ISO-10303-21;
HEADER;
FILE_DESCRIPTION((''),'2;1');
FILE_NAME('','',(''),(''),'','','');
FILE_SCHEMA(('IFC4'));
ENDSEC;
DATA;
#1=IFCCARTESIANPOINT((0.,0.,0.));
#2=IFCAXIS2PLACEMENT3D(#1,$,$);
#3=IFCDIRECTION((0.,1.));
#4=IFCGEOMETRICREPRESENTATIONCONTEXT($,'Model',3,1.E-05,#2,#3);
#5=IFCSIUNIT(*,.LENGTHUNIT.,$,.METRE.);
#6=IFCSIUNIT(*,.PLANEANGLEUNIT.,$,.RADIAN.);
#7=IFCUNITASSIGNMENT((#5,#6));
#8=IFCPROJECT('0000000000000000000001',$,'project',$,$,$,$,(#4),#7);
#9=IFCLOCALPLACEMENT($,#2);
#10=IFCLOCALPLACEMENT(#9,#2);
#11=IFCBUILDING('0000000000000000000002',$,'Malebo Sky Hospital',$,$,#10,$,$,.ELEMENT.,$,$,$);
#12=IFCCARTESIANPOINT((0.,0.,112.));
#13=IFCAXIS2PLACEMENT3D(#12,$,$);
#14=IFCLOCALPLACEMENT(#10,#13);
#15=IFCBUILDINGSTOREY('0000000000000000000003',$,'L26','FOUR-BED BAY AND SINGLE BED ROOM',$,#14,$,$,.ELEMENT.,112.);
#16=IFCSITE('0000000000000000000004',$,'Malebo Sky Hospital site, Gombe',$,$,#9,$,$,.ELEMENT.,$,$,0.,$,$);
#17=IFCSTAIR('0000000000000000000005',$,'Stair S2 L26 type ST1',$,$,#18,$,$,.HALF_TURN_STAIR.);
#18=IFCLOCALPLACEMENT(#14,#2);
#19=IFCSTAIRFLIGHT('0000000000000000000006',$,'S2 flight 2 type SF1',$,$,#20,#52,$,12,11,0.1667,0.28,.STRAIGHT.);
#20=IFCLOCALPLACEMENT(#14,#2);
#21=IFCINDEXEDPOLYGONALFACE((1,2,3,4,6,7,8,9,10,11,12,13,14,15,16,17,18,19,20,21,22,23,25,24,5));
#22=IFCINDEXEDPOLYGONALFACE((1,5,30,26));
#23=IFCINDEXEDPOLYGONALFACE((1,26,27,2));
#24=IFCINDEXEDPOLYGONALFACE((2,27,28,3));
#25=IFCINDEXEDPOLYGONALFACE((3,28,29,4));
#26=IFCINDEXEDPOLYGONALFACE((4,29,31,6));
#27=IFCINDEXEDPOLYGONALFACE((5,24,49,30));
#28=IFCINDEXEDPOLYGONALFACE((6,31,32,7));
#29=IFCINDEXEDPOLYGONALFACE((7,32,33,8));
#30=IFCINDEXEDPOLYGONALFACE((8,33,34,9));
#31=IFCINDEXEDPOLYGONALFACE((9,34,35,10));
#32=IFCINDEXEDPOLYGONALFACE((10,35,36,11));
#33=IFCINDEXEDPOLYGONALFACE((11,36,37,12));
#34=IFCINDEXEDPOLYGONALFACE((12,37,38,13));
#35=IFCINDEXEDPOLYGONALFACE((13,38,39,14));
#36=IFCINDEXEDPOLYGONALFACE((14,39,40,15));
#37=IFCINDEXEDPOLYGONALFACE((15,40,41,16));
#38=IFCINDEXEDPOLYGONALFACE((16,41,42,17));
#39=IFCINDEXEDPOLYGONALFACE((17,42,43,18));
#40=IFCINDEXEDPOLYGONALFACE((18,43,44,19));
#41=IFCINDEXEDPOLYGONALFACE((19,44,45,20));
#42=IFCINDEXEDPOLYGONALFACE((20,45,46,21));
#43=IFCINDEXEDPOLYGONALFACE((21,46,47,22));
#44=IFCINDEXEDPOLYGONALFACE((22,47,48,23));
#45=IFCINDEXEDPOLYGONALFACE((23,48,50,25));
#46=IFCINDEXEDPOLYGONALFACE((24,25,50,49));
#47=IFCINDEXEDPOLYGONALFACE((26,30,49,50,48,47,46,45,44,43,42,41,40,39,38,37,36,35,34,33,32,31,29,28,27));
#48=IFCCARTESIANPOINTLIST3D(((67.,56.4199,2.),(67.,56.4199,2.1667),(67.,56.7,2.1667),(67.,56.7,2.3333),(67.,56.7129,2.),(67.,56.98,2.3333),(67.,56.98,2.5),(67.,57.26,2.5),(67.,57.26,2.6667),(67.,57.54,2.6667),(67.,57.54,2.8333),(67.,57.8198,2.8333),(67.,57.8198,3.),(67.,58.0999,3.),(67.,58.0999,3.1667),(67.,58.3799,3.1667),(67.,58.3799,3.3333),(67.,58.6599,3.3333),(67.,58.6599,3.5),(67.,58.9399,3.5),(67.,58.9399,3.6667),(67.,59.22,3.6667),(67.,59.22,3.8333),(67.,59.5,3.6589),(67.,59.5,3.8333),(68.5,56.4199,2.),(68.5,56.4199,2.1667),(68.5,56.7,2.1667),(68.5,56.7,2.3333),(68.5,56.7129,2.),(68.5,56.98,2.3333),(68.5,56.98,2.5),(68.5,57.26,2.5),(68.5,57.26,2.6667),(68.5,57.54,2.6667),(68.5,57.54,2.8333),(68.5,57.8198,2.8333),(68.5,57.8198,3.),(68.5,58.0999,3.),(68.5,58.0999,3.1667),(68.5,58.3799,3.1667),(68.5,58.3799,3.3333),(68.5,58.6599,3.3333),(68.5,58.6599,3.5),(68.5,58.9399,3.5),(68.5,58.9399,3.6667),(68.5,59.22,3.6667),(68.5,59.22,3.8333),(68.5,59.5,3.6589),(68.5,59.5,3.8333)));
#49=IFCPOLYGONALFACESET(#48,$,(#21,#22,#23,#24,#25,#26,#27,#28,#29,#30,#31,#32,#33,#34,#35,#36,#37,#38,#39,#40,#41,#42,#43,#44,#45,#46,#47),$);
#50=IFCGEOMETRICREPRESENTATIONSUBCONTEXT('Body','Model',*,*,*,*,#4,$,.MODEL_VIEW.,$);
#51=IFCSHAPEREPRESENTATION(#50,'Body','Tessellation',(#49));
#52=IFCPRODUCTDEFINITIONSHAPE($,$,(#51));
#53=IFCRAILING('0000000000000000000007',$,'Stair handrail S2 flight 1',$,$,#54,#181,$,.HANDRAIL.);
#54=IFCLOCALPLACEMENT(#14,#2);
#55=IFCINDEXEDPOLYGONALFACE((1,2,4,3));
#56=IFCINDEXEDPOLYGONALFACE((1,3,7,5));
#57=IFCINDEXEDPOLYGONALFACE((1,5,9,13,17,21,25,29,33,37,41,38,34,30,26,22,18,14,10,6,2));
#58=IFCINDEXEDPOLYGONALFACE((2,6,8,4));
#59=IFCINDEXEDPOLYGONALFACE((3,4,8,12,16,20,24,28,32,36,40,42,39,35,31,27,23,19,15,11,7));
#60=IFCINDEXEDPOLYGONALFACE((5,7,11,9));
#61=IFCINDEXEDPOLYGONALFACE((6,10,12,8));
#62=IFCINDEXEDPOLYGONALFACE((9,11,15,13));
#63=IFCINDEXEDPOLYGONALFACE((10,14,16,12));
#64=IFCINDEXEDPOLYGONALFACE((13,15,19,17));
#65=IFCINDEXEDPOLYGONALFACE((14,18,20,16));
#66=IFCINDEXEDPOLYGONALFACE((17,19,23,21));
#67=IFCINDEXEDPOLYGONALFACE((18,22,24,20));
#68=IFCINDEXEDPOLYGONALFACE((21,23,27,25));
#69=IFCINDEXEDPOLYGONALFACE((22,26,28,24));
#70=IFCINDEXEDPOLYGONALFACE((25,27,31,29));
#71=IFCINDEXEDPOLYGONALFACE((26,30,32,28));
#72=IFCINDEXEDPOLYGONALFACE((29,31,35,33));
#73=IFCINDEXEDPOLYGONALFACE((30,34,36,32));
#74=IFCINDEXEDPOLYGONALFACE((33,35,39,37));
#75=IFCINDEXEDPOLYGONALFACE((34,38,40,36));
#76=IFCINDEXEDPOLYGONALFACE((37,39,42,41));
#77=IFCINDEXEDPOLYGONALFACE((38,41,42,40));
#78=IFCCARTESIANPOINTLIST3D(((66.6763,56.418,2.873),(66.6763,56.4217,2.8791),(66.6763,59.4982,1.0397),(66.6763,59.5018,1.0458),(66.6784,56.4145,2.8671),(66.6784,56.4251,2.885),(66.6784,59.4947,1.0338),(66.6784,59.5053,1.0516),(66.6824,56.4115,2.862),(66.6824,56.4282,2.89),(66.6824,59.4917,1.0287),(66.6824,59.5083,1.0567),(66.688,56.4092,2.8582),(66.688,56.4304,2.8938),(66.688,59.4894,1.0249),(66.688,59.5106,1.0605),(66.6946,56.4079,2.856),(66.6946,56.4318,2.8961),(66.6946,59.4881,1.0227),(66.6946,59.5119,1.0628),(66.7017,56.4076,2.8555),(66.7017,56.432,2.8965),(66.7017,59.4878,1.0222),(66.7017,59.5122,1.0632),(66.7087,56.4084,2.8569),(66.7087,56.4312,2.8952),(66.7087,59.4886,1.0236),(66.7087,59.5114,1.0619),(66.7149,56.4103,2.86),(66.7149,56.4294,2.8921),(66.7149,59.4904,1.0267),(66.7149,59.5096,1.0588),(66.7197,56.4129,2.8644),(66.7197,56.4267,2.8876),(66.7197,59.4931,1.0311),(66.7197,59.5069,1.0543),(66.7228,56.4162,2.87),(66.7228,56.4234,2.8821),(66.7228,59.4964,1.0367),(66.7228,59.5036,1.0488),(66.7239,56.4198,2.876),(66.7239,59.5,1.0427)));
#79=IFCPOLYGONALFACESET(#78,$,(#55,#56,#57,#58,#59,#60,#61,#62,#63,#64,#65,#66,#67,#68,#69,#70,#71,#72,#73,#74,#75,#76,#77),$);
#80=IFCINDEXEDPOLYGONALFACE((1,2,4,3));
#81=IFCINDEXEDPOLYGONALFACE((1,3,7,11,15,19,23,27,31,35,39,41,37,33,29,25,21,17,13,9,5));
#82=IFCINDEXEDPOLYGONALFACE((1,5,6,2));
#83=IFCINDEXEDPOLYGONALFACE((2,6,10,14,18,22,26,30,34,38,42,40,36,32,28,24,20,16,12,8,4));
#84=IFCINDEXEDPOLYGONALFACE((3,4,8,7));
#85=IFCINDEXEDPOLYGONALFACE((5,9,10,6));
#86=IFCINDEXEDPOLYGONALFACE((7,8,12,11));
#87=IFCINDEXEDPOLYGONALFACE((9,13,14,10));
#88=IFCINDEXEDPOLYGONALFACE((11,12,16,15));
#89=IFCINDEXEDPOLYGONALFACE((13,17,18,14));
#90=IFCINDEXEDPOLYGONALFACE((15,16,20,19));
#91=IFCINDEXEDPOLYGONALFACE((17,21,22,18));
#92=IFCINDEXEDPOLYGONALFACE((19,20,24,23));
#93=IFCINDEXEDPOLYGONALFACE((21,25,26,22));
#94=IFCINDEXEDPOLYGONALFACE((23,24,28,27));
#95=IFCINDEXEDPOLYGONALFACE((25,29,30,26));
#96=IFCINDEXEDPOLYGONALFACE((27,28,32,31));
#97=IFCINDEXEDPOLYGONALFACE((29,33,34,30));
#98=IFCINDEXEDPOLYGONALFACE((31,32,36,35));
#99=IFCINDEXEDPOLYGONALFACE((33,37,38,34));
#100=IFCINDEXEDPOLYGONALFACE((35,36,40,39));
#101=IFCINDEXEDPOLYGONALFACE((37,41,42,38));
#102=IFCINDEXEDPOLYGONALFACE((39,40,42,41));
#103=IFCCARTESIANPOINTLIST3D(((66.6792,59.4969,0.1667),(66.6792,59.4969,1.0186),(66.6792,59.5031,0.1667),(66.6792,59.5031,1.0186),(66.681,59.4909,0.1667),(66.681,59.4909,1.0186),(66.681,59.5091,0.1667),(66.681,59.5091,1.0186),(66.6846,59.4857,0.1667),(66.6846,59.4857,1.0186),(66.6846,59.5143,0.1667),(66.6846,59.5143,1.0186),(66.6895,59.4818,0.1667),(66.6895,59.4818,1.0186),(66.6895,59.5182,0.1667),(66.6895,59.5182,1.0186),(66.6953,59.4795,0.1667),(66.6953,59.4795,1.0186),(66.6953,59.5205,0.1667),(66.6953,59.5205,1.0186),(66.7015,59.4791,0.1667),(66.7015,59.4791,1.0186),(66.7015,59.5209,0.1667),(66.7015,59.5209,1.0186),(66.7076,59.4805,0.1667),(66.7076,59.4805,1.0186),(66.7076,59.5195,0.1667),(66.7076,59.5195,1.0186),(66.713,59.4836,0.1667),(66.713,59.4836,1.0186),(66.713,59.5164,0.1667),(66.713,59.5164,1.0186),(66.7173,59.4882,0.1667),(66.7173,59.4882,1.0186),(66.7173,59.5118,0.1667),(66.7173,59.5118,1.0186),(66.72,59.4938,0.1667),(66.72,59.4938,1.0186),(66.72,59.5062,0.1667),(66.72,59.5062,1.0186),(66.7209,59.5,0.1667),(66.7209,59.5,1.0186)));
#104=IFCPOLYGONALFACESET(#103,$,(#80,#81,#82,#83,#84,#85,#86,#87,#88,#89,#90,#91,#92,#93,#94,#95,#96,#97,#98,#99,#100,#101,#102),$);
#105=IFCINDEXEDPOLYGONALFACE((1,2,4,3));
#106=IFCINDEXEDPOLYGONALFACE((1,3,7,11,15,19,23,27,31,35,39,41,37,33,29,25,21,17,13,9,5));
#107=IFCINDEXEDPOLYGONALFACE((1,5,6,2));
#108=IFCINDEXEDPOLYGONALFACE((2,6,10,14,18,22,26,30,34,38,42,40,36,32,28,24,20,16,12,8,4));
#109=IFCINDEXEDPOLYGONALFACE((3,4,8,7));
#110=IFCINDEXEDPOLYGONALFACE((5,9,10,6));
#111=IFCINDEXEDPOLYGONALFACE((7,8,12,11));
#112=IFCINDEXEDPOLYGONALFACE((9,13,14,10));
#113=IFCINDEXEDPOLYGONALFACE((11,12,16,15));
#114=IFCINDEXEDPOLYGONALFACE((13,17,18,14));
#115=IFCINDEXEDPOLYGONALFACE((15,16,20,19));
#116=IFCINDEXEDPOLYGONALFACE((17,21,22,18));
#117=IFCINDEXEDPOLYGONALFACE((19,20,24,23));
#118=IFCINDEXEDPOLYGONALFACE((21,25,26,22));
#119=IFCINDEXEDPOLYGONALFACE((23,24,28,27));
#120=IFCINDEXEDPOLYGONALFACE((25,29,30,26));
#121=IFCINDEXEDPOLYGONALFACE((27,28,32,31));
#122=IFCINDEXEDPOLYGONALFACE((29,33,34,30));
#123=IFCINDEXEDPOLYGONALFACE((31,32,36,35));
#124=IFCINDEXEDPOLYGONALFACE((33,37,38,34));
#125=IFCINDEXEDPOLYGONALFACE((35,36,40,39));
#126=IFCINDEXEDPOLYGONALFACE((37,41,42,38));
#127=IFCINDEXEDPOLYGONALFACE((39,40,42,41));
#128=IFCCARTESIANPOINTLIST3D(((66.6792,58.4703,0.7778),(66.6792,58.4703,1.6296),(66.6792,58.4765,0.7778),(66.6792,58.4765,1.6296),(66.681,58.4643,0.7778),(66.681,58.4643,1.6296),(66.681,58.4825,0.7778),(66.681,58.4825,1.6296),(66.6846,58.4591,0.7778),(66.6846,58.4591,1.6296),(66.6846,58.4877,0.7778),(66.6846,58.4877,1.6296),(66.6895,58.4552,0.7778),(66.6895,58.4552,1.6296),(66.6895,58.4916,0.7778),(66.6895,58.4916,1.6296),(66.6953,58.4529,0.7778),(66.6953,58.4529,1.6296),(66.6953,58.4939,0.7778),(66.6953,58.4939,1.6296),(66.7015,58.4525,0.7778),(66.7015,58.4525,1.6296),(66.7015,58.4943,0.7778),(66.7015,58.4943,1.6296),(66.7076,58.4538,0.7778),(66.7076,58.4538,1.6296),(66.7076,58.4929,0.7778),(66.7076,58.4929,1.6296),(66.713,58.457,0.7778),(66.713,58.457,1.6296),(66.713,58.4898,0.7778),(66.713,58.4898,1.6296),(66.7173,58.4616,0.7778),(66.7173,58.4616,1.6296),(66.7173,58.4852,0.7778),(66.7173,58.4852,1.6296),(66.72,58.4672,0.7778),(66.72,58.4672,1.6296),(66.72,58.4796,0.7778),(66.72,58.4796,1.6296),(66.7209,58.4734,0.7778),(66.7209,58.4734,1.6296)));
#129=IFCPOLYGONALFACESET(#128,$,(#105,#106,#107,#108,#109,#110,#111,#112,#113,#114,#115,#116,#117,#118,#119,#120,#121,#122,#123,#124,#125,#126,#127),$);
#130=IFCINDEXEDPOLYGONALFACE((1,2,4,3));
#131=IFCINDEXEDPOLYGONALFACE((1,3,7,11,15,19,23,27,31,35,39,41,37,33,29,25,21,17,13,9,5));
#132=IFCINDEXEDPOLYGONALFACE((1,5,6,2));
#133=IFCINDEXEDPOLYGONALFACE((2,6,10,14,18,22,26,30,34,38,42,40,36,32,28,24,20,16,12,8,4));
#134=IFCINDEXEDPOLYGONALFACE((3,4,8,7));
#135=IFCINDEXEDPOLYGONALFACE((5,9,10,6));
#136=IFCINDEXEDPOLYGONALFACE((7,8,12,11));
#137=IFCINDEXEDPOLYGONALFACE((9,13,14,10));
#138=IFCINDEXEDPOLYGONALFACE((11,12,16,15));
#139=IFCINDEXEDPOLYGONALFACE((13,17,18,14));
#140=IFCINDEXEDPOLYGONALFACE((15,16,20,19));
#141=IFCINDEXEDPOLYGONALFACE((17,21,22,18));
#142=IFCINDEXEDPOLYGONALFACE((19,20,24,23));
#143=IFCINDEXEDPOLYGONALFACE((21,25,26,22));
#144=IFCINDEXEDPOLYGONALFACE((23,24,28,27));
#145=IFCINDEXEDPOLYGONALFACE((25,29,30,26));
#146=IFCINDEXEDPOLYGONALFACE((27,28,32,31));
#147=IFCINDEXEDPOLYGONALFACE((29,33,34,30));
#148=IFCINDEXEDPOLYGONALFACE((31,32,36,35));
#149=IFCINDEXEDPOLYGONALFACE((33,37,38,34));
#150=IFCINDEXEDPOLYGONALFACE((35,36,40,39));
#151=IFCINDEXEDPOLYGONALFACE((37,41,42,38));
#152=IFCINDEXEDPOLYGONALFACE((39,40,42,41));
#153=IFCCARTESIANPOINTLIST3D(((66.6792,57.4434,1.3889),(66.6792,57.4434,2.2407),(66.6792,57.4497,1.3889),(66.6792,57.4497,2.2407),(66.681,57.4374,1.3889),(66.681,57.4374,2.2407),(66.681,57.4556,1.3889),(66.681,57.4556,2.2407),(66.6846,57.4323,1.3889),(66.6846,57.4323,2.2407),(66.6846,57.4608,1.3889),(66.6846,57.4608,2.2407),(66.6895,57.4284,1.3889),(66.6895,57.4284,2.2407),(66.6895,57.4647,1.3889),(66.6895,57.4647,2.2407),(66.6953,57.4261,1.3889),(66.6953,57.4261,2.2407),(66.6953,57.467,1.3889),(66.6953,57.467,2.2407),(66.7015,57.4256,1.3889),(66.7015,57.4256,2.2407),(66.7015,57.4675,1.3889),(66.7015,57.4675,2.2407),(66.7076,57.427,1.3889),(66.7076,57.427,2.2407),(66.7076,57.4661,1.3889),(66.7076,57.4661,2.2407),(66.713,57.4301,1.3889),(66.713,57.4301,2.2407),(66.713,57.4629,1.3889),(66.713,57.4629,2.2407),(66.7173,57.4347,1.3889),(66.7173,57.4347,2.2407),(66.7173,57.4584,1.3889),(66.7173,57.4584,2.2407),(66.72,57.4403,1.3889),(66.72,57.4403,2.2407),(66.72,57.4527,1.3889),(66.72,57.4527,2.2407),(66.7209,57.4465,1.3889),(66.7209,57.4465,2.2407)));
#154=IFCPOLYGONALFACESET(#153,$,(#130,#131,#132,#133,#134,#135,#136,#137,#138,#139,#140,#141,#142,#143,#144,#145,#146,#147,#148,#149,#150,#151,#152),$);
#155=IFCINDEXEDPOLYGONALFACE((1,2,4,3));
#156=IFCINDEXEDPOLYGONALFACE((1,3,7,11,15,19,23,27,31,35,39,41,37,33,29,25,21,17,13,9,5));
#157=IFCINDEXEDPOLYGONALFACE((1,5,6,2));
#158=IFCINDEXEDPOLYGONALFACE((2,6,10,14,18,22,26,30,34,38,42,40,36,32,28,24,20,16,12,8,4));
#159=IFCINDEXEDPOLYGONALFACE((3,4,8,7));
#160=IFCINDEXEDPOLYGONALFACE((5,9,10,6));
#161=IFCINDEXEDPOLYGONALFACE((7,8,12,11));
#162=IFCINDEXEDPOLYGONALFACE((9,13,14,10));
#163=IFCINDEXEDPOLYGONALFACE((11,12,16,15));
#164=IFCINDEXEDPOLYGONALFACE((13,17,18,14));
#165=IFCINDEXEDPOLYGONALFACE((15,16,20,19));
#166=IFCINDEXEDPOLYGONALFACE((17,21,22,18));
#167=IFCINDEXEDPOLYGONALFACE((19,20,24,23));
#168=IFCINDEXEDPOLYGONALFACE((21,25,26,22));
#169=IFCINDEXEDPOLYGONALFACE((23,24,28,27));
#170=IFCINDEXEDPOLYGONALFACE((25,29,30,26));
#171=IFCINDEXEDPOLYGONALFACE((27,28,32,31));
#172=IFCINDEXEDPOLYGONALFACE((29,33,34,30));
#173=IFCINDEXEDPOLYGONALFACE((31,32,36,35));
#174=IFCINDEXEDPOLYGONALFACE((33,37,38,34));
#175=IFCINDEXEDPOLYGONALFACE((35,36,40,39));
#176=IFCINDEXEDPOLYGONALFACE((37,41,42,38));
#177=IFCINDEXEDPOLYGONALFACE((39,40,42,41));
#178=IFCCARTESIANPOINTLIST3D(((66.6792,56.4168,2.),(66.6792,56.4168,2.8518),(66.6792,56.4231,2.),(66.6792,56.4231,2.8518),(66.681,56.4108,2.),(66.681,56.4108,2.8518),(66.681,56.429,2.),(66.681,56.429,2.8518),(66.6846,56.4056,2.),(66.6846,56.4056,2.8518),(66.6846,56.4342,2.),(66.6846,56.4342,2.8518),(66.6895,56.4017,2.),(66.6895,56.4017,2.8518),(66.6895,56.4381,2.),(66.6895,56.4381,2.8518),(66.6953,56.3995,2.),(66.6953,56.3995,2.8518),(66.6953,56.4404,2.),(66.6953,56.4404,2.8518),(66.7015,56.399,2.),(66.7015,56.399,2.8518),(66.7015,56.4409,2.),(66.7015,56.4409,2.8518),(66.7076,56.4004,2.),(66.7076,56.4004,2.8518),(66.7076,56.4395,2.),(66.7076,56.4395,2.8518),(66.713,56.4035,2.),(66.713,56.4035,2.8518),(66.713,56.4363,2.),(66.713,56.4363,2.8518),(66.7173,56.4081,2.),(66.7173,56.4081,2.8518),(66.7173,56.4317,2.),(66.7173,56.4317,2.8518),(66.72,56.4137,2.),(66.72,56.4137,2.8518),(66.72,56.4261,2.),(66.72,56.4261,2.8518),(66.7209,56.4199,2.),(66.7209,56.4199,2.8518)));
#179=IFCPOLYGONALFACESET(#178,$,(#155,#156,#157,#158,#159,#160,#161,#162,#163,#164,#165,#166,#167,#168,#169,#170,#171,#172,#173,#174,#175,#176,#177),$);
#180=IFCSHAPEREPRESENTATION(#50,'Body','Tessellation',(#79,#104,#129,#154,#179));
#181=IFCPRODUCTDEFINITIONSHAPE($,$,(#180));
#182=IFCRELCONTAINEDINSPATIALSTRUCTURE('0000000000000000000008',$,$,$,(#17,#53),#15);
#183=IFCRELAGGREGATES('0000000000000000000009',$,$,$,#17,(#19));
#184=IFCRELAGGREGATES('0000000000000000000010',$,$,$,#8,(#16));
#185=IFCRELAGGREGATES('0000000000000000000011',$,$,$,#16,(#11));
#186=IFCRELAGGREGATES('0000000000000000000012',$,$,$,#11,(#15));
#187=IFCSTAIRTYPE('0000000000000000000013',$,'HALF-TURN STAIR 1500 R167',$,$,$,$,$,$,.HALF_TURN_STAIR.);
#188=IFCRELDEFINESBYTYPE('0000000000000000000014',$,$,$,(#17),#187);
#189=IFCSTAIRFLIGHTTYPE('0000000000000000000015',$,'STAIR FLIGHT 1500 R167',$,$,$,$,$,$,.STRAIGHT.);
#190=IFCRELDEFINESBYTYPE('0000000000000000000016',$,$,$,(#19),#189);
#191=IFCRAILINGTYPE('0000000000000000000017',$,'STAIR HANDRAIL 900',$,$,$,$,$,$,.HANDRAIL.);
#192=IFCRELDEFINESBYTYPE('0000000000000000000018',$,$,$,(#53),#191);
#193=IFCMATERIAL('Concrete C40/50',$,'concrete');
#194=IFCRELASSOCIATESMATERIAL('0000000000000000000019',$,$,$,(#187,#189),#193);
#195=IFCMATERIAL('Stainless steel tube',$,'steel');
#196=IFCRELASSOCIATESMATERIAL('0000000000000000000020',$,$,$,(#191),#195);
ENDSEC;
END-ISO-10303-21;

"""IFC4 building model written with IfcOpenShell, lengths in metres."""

from ifc_helpers import new_model, si_unit, direction, frame, origin, origin_2d, place, context, subcontext, project, spatial, polyline, circle, outline, extrude, material, type_object, element, aggregate, save


model = new_model("IFC4")

# Units and contexts
model_context = context("Model", 3, precision=1e-05, world=origin(), true_north=direction((0.0, 1.0)))
body_context = subcontext(model_context, "Body", "Model", "MODEL_VIEW")
ifc_project = project(units=[si_unit("LENGTHUNIT", "METRE"), si_unit("PLANEANGLEUNIT", "RADIAN")], contexts=[model_context])

# Site, building, storey
site_placement = place(None, origin())
site = spatial("IfcSite", under=ifc_project, at=site_placement, Name="Malebo Sky Hospital site, Gombe", CompositionType="ELEMENT", RefElevation=0.0)
building_placement = place(site_placement, origin())
building = spatial("IfcBuilding", under=site, at=building_placement, Name="Malebo Sky Hospital", CompositionType="ELEMENT")
storey_placement = place(building_placement, frame((0.0, 0.0, 112.0)))
storey = spatial("IfcBuildingStorey", under=building, at=storey_placement, Name="L26", Description="FOUR-BED BAY AND SINGLE BED ROOM", CompositionType="ELEMENT", Elevation=112.0)

# Stair, stair flight
ifc_material_1 = material(Name="Concrete C40/50", Category="concrete")
stair_type = type_object("IfcStairType", Name="HALF-TURN STAIR 1500 R167", PredefinedType="HALF_TURN_STAIR", material=ifc_material_1)
stair_placement = place(storey_placement, origin())
stair = element("IfcStair", 1, at=stair_placement, inside=storey, type_object=stair_type, Name="Stair S2 L26 type ST1", PredefinedType="HALF_TURN_STAIR")
stair_flight_type = type_object("IfcStairFlightType", Name="STAIR FLIGHT 1500 R167", PredefinedType="STRAIGHT", material=ifc_material_1)
stair_flight_1_placement = place(storey_placement, frame((67.75, 56.4199, 2.0), z_axis=(0.0, 0.0, 1.0), x_axis=(0.0, 1.0, 0.0)))
stair_flight_1 = element("IfcStairFlight", 2, at=stair_flight_1_placement, type_object=stair_flight_type, Name="S2 flight 2 type SF1", NumberOfRisers=12, NumberOfTreads=11, PredefinedType="STRAIGHT", RiserHeight=0.1667, TreadLength=0.28, context=body_context, shape_type="SweptSolid", body=[
    extrude(outline(polyline([(0.0, 0.0), (0.0, 0.1667), (0.28, 0.1667), (0.28, 0.3333), (0.5601, 0.3333), (0.5601, 0.5), (0.8401, 0.5), (0.8401, 0.6667), (1.1201, 0.6667), (1.1201, 0.8333), (1.3999, 0.8333), (1.3999, 1.0), (1.6799, 1.0), (1.6799, 1.1667), (1.96, 1.1667), (1.96, 1.3333), (2.24, 1.3333), (2.24, 1.5), (2.52, 1.5), (2.52, 1.6667), (2.8, 1.6667), (2.8, 1.8333), (3.0801, 1.8333), (3.0801, 2.0), (3.0801, 1.6589), (0.293, 0.0), (0.0, 0.0)])), frame((0.0, 0.75, 0.0), z_axis=(0.0, -1.0, 0.0), x_axis=(1.0, 0.0, 0.0)), (0.0, 0.0, 1.0), 1.5),
])
aggregate(stair, [stair_flight_1])

# Railing
ifc_material_2 = material(Name="Stainless steel tube", Category="steel")
railing_type = type_object("IfcRailingType", Name="STAIR HANDRAIL 900", PredefinedType="HANDRAIL", material=ifc_material_2)
railing_1_placement = place(storey_placement, frame((66.7, 59.5, 0.1667)))
element("IfcRailing", 3, at=railing_1_placement, inside=storey, type_object=railing_type, Name="Stair handrail S2 flight 1", PredefinedType="HANDRAIL", context=body_context, shape_type="SweptSolid", body=[
    extrude(circle(Radius=0.0239, at=origin_2d()), frame((0.0, 0.0, 0.876), z_axis=(0.0, -0.859309, 0.511458), x_axis=(1.0, 0.0, 0.0)), (0.0, 0.0, 1.0), 3.5845),
    extrude(circle(Radius=0.021, at=origin_2d()), origin(), (0.0, 0.0, 1.0), 0.8518),
    extrude(circle(Radius=0.021, at=origin_2d()), frame((0.0, -1.0266, 0.6111)), (0.0, 0.0, 1.0), 0.8518),
    extrude(circle(Radius=0.021, at=origin_2d()), frame((0.0, -2.0535, 1.2222)), (0.0, 0.0, 1.0), 0.8518),
    extrude(circle(Radius=0.021, at=origin_2d()), frame((0.0, -3.0801, 1.8333)), (0.0, 0.0, 1.0), 0.8518),
])

save(model, "model.ifc")
